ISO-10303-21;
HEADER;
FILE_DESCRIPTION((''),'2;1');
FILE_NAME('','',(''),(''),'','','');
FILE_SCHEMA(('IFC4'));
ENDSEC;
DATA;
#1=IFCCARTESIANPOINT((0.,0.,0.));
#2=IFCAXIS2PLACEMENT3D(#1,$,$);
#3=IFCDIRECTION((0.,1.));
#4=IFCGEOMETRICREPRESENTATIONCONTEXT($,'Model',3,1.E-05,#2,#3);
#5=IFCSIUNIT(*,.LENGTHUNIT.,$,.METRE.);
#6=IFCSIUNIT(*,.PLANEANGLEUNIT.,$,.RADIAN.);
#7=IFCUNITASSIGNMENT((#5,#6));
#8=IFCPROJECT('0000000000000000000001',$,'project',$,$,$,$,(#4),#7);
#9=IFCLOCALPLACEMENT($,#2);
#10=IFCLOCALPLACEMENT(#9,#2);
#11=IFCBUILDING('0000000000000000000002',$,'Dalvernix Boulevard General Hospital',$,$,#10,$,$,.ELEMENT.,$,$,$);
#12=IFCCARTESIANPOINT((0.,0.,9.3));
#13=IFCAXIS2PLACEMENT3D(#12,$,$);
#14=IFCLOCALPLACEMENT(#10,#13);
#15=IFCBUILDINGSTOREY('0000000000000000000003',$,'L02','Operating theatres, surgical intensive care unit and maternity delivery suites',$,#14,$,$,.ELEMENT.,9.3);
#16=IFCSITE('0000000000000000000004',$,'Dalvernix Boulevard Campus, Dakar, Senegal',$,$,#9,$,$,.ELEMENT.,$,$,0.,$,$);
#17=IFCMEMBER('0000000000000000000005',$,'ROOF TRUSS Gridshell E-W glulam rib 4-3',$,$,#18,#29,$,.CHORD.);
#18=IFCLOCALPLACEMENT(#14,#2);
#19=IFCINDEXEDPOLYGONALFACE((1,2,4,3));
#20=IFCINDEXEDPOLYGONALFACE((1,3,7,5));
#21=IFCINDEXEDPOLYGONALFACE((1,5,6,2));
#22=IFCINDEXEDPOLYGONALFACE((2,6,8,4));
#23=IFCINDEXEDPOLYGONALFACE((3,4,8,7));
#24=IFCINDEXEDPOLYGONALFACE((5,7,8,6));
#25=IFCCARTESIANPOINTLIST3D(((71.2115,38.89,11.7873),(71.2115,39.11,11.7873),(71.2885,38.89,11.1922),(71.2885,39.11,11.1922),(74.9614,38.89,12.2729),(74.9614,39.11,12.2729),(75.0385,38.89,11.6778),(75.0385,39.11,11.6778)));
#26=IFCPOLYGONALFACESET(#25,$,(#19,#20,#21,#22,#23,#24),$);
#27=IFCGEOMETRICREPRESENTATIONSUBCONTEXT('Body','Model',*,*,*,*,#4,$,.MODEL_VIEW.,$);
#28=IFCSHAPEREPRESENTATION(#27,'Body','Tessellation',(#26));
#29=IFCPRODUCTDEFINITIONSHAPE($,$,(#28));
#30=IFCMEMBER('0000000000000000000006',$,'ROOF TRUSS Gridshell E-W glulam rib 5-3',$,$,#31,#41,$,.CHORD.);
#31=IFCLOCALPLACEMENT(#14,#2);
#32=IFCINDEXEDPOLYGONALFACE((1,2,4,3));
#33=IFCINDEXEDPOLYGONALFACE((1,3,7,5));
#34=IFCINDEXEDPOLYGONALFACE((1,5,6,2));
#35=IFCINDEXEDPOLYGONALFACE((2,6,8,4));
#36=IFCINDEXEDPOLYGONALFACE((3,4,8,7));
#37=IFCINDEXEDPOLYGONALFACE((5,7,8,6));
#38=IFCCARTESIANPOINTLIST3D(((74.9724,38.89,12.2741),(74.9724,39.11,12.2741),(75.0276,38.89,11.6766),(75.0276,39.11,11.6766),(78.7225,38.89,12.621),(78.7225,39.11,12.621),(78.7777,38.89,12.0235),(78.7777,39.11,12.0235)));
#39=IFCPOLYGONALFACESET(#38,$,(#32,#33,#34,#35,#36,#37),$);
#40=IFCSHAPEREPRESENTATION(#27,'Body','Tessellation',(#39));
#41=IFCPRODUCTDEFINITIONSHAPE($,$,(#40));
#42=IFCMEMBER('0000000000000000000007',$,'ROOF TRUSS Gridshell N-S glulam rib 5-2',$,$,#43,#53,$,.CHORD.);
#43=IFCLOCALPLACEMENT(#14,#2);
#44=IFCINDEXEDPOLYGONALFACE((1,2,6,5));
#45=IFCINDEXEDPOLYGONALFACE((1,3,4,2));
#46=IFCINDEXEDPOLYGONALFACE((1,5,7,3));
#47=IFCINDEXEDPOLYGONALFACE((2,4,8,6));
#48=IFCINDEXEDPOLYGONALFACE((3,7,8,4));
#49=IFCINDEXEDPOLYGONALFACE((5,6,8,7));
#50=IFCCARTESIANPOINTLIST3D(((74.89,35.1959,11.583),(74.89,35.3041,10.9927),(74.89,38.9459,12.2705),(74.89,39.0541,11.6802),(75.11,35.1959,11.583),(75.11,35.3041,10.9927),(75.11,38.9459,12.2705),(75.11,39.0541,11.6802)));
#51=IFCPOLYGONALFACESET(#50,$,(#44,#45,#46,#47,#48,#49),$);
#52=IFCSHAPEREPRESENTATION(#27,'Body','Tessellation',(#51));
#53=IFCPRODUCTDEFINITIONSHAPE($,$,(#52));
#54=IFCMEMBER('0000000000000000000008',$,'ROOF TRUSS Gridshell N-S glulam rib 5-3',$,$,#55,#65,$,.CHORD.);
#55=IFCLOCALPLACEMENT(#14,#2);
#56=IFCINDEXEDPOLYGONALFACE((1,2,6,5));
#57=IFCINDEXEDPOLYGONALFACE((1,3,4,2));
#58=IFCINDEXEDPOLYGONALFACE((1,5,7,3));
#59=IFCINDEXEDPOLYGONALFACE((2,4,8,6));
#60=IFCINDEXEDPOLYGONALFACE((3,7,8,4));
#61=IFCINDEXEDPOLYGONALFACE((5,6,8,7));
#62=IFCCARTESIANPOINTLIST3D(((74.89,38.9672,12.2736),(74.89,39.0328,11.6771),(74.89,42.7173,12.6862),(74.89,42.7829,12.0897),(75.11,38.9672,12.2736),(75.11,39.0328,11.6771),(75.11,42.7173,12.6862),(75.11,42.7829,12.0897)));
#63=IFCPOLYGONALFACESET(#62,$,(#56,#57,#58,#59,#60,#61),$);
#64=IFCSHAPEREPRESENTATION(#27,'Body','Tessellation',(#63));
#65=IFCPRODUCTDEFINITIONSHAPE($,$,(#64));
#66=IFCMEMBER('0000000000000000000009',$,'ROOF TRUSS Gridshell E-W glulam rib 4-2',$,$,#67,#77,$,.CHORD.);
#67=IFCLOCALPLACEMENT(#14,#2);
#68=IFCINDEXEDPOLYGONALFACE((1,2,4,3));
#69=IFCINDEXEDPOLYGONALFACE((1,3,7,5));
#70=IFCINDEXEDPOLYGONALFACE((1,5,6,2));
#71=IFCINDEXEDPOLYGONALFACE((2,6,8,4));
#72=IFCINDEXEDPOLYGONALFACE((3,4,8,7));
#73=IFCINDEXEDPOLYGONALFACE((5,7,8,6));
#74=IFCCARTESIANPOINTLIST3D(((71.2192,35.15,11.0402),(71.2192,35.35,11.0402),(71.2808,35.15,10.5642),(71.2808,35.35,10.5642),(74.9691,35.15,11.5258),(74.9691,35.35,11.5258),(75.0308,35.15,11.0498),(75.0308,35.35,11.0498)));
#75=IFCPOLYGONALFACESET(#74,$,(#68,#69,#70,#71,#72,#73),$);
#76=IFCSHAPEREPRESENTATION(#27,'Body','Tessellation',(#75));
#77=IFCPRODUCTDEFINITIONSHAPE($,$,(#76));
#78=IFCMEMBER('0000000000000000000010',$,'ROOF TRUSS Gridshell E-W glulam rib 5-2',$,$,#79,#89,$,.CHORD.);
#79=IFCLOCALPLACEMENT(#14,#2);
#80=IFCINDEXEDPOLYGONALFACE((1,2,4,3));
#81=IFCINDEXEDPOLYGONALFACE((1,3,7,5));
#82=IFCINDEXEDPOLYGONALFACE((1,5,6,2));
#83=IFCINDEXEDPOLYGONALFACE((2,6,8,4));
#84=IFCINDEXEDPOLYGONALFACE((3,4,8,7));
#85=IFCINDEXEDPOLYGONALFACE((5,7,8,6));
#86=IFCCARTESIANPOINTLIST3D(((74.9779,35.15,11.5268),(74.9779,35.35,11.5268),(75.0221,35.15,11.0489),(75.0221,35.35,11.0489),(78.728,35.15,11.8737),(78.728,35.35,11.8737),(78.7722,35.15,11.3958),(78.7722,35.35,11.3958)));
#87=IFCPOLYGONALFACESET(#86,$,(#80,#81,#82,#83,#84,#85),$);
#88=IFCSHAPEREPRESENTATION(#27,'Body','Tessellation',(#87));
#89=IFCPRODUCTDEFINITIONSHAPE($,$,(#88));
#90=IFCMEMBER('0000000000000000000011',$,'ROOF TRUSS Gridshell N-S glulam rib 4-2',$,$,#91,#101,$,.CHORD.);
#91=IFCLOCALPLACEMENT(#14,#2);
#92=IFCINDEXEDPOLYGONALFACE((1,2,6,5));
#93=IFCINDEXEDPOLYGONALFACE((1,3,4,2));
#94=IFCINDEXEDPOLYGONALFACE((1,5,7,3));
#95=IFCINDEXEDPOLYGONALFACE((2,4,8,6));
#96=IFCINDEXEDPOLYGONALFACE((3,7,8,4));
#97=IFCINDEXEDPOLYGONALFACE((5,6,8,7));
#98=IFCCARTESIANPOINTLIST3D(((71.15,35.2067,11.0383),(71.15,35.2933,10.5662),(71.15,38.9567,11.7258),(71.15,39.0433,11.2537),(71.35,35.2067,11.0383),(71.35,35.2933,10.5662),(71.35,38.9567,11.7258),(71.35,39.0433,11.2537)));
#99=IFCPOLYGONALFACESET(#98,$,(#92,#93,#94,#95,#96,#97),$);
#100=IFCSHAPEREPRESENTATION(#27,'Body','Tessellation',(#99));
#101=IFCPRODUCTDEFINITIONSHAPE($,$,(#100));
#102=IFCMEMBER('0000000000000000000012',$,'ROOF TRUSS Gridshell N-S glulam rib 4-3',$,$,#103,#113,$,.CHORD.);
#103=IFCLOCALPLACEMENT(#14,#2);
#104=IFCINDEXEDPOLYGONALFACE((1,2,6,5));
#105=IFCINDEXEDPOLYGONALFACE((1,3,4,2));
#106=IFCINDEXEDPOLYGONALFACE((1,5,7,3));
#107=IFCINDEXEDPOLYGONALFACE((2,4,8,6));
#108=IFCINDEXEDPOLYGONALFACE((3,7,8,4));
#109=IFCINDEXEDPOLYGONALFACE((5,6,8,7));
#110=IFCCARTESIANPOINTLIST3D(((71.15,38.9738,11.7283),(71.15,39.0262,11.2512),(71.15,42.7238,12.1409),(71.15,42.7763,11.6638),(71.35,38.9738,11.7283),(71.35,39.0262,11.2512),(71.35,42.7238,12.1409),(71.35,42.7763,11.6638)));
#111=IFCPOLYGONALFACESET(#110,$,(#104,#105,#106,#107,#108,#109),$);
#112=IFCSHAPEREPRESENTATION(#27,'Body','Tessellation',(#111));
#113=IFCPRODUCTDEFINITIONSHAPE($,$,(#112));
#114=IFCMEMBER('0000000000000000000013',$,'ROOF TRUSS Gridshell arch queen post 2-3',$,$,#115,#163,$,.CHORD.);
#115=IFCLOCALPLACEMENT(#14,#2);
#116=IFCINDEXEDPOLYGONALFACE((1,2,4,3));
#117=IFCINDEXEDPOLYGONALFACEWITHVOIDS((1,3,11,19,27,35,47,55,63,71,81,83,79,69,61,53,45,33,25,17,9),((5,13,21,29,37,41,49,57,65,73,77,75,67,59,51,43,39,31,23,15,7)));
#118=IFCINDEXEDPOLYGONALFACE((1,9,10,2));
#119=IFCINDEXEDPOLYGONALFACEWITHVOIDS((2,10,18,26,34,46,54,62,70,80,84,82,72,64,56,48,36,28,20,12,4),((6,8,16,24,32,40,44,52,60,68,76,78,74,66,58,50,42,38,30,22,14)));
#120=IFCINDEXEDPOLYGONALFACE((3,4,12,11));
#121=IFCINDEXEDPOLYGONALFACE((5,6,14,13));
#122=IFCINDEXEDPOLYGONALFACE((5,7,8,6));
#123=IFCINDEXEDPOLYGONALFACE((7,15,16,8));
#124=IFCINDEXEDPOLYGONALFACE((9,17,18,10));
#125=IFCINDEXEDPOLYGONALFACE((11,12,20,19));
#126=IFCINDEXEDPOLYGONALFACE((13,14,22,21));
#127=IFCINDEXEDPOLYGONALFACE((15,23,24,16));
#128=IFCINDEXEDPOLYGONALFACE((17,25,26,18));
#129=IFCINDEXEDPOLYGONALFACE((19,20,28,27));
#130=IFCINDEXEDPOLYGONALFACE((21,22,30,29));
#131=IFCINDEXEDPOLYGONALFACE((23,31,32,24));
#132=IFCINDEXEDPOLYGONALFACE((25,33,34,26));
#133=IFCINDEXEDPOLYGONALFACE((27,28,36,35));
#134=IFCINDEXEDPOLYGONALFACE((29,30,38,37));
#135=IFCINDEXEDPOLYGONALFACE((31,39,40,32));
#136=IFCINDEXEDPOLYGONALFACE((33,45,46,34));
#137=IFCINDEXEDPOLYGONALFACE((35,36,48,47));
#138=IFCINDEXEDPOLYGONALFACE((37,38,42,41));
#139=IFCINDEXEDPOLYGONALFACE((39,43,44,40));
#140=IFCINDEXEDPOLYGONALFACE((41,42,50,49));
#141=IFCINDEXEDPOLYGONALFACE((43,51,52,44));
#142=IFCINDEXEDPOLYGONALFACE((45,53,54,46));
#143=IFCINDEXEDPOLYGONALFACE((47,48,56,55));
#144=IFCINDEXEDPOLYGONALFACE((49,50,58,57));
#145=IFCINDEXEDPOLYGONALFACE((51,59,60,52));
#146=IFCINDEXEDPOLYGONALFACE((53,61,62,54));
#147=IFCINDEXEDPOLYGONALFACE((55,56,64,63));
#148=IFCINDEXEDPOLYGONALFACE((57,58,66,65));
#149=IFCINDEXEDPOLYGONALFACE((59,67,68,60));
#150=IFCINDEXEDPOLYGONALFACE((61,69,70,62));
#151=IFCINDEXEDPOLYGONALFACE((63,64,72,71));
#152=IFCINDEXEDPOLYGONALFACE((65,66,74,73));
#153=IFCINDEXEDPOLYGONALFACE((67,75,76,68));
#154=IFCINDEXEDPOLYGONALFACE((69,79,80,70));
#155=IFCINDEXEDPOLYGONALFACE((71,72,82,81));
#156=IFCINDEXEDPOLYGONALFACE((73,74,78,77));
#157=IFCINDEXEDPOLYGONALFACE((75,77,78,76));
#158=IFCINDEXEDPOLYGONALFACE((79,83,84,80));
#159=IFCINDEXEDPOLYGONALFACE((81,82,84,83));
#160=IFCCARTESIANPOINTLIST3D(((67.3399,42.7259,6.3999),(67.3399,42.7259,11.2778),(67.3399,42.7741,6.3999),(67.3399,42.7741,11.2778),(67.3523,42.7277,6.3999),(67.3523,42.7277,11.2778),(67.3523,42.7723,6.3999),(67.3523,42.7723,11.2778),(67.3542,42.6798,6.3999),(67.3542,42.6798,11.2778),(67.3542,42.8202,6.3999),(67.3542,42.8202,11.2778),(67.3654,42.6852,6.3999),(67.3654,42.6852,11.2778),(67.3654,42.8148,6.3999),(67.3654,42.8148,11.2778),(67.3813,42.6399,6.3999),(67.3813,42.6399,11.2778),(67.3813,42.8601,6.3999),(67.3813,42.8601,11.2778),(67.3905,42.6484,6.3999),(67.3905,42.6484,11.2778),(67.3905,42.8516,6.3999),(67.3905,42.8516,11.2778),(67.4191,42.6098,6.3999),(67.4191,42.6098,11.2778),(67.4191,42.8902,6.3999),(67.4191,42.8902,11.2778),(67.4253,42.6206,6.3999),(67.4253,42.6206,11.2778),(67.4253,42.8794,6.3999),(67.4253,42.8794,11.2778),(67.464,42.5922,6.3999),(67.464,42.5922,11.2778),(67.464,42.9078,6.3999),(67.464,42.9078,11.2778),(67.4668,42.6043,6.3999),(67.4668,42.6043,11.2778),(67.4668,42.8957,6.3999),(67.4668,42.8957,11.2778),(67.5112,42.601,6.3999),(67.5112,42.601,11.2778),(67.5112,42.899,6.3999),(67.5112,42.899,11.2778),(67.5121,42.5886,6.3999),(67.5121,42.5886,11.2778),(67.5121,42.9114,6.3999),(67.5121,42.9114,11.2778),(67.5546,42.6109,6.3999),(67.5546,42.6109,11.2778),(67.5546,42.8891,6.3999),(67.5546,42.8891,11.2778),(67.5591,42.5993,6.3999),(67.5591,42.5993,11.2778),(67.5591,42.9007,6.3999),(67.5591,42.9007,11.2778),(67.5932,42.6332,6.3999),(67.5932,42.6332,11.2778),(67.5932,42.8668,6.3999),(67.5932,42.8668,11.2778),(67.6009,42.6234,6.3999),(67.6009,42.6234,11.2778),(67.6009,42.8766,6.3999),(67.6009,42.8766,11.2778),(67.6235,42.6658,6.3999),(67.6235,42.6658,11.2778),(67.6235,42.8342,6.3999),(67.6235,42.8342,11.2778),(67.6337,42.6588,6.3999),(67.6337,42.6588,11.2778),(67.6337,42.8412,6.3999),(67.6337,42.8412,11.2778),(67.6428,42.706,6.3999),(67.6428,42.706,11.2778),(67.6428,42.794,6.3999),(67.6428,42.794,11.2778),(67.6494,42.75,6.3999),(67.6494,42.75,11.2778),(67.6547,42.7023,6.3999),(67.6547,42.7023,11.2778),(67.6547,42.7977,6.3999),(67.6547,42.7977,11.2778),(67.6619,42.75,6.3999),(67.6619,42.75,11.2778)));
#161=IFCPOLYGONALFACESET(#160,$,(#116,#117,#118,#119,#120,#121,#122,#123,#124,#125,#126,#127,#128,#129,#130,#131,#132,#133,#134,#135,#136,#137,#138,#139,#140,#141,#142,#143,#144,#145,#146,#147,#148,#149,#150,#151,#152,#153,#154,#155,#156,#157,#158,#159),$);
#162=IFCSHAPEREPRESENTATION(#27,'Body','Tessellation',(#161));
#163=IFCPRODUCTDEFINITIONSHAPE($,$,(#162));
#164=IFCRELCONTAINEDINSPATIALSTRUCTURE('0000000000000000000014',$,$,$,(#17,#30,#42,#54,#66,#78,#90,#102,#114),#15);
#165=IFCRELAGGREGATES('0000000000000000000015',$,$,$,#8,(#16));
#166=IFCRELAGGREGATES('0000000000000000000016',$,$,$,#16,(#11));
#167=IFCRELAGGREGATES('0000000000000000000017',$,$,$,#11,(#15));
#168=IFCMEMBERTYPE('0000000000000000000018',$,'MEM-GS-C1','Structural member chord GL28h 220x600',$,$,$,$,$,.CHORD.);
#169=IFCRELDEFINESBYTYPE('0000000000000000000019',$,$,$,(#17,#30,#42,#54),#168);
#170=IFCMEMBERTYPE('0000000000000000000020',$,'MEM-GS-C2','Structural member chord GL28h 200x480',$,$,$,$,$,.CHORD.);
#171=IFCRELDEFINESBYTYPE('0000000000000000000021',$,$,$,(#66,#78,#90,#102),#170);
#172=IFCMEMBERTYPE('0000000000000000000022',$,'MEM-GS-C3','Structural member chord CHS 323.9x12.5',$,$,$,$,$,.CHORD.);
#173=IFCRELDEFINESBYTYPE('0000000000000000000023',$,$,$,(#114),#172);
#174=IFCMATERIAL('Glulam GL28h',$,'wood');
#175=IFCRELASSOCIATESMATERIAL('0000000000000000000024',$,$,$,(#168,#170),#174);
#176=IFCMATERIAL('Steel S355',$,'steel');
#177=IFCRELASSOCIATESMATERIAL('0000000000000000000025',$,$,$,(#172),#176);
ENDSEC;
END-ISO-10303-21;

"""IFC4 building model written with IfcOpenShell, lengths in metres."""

from ifc_helpers import new_model, si_unit, direction, frame, origin, origin_2d, place, context, subcontext, project, spatial, rectangle, hollow_circle, extrude, material, material_profile, profile_set, type_object, element, save


model = new_model("IFC4")

# Units and contexts
model_context = context("Model", 3, precision=1e-05, world=origin(), true_north=direction((0.0, 1.0)))
body_context = subcontext(model_context, "Body", "Model", "MODEL_VIEW")
ifc_project = project(units=[si_unit("LENGTHUNIT", "METRE"), si_unit("PLANEANGLEUNIT", "RADIAN")], contexts=[model_context])

# Site, building, storey
site_placement = place(None, origin())
site = spatial("IfcSite", under=ifc_project, at=site_placement, Name="Dalvernix Boulevard Campus, Dakar, Senegal", CompositionType="ELEMENT", RefElevation=0.0)
building_placement = place(site_placement, origin())
building = spatial("IfcBuilding", under=site, at=building_placement, Name="Dalvernix Boulevard General Hospital", CompositionType="ELEMENT")
storey_placement = place(building_placement, frame((0.0, 0.0, 9.3)))
storey = spatial("IfcBuildingStorey", under=building, at=storey_placement, Name="L02", Description="Operating theatres, surgical intensive care unit and maternity delivery suites", CompositionType="ELEMENT", Elevation=9.3)

# Members
ifc_material_1 = material(Name="Glulam GL28h", Category="wood")
ifc_material_profile_1 = material_profile(ifc_material_1, rectangle(XDim=0.22, YDim=0.6001, at=origin_2d()), Name="GL28h 220x600")
ifc_profile_set_1 = profile_set([ifc_material_profile_1], Name="Glulam GL28h")
member_type_1 = type_object("IfcMemberType", Name="MEM-GS-C1", Description="Structural member chord GL28h 220x600", PredefinedType="CHORD", material=ifc_profile_set_1)
member_1_placement = place(storey_placement, frame((71.25, 39.0, 11.4897), z_axis=(0.99172, 0.0, 0.12842), x_axis=(0.0, 1.0, 0.0)))
element("IfcMember", 1, at=member_1_placement, inside=storey, type_object=member_type_1, Name="ROOF TRUSS Gridshell E-W glulam rib 4-3", PredefinedType="CHORD", context=body_context, shape_type="SweptSolid", body=[
    extrude(rectangle(XDim=0.22, YDim=0.6001, at=origin_2d()), origin(), (0.0, 0.0, 1.0), 3.7812),
])
member_2_placement = place(storey_placement, frame((75.0, 39.0, 11.9753), z_axis=(0.995748, 0.0, 0.09212), x_axis=(0.0, 1.0, 0.0)))
element("IfcMember", 2, at=member_2_placement, inside=storey, type_object=member_type_1, Name="ROOF TRUSS Gridshell E-W glulam rib 5-3", PredefinedType="CHORD", context=body_context, shape_type="SweptSolid", body=[
    extrude(rectangle(XDim=0.22, YDim=0.6001, at=origin_2d()), origin(), (0.0, 0.0, 1.0), 3.7661),
])
member_3_placement = place(storey_placement, frame((75.0, 35.25, 11.2878), z_axis=(0.0, 0.983607, 0.180328), x_axis=(-1.0, 0.0, 0.0)))
element("IfcMember", 3, at=member_3_placement, inside=storey, type_object=member_type_1, Name="ROOF TRUSS Gridshell N-S glulam rib 5-2", PredefinedType="CHORD", context=body_context, shape_type="SweptSolid", body=[
    extrude(rectangle(XDim=0.22, YDim=0.6001, at=origin_2d()), origin(), (0.0, 0.0, 1.0), 3.8125),
])
member_4_placement = place(storey_placement, frame((75.0, 39.0, 11.9753), z_axis=(0.0, 0.994002, 0.109366), x_axis=(-1.0, 0.0, 0.0)))
element("IfcMember", 4, at=member_4_placement, inside=storey, type_object=member_type_1, Name="ROOF TRUSS Gridshell N-S glulam rib 5-3", PredefinedType="CHORD", context=body_context, shape_type="SweptSolid", body=[
    extrude(rectangle(XDim=0.22, YDim=0.6001, at=origin_2d()), origin(), (0.0, 0.0, 1.0), 3.7727),
])
ifc_material_profile_2 = material_profile(ifc_material_1, rectangle(XDim=0.2, YDim=0.48, at=origin_2d()), Name="GL28h 200x480")
ifc_profile_set_2 = profile_set([ifc_material_profile_2], Name="Glulam GL28h")
member_type_2 = type_object("IfcMemberType", Name="MEM-GS-C2", Description="Structural member chord GL28h 200x480", PredefinedType="CHORD", material=ifc_profile_set_2)
member_5_placement = place(storey_placement, frame((71.25, 35.25, 10.8022), z_axis=(0.99172, 0.0, 0.12842), x_axis=(0.0, 1.0, 0.0)))
element("IfcMember", 5, at=member_5_placement, inside=storey, type_object=member_type_2, Name="ROOF TRUSS Gridshell E-W glulam rib 4-2", PredefinedType="CHORD", context=body_context, shape_type="SweptSolid", body=[
    extrude(rectangle(XDim=0.2, YDim=0.48, at=origin_2d()), origin(), (0.0, 0.0, 1.0), 3.7812),
])
member_6_placement = place(storey_placement, frame((75.0, 35.25, 11.2878), z_axis=(0.995748, 0.0, 0.09212), x_axis=(0.0, 1.0, 0.0)))
element("IfcMember", 6, at=member_6_placement, inside=storey, type_object=member_type_2, Name="ROOF TRUSS Gridshell E-W glulam rib 5-2", PredefinedType="CHORD", context=body_context, shape_type="SweptSolid", body=[
    extrude(rectangle(XDim=0.2, YDim=0.48, at=origin_2d()), origin(), (0.0, 0.0, 1.0), 3.7661),
])
member_7_placement = place(storey_placement, frame((71.25, 35.25, 10.8022), z_axis=(0.0, 0.983607, 0.180328), x_axis=(-1.0, 0.0, 0.0)))
element("IfcMember", 7, at=member_7_placement, inside=storey, type_object=member_type_2, Name="ROOF TRUSS Gridshell N-S glulam rib 4-2", PredefinedType="CHORD", context=body_context, shape_type="SweptSolid", body=[
    extrude(rectangle(XDim=0.2, YDim=0.48, at=origin_2d()), origin(), (0.0, 0.0, 1.0), 3.8125),
])
member_8_placement = place(storey_placement, frame((71.25, 39.0, 11.4897), z_axis=(0.0, 0.994002, 0.109366), x_axis=(-1.0, 0.0, 0.0)))
element("IfcMember", 8, at=member_8_placement, inside=storey, type_object=member_type_2, Name="ROOF TRUSS Gridshell N-S glulam rib 4-3", PredefinedType="CHORD", context=body_context, shape_type="SweptSolid", body=[
    extrude(rectangle(XDim=0.2, YDim=0.48, at=origin_2d()), origin(), (0.0, 0.0, 1.0), 3.7727),
])
ifc_material_2 = material(Name="Steel S355", Category="steel")
ifc_material_profile_3 = material_profile(ifc_material_2, hollow_circle(Radius=0.1619, WallThickness=0.0125, at=origin_2d()), Name="CHS 323.9x12.5")
ifc_profile_set_3 = profile_set([ifc_material_profile_3], Name="Steel S355")
member_type_3 = type_object("IfcMemberType", Name="MEM-GS-C3", Description="Structural member chord CHS 323.9x12.5", PredefinedType="CHORD", material=ifc_profile_set_3)
member_9_placement = place(storey_placement, frame((67.5, 42.75, 6.3999), z_axis=(0.0, 0.0, 1.0), x_axis=(1.0, 0.0, 0.0)))
element("IfcMember", 9, at=member_9_placement, inside=storey, type_object=member_type_3, Name="ROOF TRUSS Gridshell arch queen post 2-3", PredefinedType="CHORD", context=body_context, shape_type="SweptSolid", body=[
    extrude(hollow_circle(Radius=0.1619, WallThickness=0.0125, at=origin_2d()), origin(), (0.0, 0.0, 1.0), 4.8779),
])

save(model, "model.ifc")
